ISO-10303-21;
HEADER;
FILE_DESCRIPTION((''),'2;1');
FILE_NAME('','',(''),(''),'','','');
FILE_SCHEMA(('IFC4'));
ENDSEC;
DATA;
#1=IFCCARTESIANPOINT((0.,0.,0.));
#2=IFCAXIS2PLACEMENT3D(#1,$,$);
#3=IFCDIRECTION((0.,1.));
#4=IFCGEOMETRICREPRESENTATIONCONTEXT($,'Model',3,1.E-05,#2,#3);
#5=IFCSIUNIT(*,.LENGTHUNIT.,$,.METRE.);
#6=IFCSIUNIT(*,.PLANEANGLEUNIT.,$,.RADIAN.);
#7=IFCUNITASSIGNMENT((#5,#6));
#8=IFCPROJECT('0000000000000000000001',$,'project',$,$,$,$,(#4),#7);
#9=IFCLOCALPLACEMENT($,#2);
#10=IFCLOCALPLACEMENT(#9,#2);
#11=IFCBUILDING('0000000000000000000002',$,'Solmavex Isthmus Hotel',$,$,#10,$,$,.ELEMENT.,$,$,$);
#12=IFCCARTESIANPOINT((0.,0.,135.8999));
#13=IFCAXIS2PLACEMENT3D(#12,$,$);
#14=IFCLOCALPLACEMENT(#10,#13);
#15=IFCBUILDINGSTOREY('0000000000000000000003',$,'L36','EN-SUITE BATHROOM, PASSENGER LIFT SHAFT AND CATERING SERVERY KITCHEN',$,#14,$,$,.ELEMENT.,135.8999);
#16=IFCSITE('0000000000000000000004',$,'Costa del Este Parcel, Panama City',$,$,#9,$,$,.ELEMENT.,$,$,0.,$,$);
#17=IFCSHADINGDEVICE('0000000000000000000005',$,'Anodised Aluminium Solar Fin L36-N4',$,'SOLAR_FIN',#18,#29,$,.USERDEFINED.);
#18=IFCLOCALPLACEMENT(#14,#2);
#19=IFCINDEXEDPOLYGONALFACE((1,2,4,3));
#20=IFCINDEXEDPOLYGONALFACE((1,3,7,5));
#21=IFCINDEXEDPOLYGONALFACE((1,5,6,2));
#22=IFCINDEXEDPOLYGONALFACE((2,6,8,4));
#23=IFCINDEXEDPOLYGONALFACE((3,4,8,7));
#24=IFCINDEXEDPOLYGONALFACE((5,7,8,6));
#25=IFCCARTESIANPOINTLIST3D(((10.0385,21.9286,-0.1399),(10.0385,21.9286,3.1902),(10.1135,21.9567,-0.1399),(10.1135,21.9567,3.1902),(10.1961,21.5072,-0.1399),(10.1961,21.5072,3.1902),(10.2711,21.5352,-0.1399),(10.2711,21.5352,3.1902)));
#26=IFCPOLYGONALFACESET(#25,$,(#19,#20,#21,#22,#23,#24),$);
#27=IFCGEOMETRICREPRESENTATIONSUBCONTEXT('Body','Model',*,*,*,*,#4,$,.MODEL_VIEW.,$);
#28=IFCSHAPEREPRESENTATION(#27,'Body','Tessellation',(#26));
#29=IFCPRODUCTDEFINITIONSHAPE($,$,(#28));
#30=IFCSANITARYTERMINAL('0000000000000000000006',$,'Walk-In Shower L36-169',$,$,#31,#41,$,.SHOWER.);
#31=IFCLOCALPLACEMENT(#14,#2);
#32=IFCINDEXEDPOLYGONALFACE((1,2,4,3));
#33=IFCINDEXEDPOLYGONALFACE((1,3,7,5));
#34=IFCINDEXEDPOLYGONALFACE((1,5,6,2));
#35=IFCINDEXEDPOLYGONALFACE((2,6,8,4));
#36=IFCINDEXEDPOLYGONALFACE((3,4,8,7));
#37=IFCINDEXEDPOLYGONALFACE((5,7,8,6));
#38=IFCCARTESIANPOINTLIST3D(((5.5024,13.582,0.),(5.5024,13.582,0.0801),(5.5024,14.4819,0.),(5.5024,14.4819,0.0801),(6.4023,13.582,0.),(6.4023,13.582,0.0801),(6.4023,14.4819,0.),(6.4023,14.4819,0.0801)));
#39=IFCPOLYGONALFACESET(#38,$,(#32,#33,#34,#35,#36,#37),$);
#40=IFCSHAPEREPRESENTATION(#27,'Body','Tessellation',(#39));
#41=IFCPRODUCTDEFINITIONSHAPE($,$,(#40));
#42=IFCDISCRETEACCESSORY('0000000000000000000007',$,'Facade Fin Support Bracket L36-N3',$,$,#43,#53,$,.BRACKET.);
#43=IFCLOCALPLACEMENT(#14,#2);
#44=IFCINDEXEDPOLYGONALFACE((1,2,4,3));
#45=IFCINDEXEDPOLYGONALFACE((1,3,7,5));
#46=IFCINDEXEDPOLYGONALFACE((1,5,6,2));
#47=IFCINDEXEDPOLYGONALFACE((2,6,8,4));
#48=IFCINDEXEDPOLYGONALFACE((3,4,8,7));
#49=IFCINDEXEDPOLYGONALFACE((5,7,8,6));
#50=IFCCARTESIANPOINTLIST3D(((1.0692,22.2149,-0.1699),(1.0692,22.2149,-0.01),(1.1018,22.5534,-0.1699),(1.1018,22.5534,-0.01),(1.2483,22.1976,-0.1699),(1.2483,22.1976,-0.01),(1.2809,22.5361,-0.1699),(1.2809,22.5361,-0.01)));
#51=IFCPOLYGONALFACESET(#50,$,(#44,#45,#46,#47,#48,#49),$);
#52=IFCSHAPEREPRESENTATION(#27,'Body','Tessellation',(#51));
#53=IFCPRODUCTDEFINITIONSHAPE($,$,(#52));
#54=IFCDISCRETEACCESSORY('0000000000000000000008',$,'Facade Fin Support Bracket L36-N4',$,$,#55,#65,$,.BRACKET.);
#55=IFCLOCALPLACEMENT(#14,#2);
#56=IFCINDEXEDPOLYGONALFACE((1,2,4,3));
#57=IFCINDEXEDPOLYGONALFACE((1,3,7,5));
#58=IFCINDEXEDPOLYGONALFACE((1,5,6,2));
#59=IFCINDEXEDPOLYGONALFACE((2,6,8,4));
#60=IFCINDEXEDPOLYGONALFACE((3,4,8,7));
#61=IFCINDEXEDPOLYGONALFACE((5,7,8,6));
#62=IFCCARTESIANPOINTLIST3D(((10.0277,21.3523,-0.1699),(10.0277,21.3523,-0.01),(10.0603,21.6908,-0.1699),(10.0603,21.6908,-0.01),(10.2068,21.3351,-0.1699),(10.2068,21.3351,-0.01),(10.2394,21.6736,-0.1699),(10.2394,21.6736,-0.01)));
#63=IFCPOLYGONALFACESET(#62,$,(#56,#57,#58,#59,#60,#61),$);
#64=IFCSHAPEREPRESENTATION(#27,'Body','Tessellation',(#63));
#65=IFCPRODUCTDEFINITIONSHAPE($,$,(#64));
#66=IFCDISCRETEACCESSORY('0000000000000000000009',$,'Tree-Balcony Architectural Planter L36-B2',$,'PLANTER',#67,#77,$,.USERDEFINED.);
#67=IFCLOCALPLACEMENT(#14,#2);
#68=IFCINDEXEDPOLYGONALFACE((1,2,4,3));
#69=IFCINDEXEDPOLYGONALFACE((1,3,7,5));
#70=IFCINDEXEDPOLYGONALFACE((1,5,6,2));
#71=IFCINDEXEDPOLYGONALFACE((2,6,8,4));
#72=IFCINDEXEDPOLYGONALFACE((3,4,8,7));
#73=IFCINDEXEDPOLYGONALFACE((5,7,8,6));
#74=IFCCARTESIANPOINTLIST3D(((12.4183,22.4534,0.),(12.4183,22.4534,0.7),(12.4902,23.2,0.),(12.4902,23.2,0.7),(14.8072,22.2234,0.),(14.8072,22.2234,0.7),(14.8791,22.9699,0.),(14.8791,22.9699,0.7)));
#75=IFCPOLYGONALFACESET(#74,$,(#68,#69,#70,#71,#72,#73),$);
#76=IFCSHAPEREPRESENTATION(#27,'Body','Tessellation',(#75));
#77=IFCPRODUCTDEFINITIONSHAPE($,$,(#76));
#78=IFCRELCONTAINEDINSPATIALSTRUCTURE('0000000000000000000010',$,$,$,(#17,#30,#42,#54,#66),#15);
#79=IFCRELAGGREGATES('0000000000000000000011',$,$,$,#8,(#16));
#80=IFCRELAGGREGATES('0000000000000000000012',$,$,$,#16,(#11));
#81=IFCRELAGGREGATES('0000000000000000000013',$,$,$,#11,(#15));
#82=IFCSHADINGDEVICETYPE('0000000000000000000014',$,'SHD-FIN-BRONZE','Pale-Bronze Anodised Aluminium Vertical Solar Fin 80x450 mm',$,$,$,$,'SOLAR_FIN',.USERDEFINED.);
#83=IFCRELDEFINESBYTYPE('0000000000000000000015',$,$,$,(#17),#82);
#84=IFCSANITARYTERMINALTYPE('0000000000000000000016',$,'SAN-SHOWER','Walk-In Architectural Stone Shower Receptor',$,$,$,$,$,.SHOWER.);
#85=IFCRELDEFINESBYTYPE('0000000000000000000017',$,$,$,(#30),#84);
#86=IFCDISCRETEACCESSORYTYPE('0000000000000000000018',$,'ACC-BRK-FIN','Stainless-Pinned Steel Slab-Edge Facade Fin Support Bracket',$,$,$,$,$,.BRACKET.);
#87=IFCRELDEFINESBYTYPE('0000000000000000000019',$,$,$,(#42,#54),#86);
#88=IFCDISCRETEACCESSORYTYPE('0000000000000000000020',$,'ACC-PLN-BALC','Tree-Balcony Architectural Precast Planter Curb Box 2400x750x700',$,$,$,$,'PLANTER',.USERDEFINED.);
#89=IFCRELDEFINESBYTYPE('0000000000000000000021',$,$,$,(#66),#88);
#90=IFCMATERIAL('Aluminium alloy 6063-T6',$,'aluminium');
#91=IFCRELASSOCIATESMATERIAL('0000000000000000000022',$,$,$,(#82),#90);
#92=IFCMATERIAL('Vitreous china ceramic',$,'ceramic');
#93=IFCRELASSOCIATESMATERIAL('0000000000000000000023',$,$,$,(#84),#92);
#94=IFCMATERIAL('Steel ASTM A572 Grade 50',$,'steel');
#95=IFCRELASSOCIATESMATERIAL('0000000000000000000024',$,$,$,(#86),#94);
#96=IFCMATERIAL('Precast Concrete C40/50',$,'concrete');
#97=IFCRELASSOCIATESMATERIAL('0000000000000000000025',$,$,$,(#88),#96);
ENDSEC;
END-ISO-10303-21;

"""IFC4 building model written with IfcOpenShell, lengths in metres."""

from ifc_helpers import new_model, si_unit, direction, frame, origin, origin_2d, place, context, subcontext, project, spatial, rectangle, extrude, material, type_object, element, save


model = new_model("IFC4")

# Units and contexts
model_context = context("Model", 3, precision=1e-05, world=origin(), true_north=direction((0.0, 1.0)))
body_context = subcontext(model_context, "Body", "Model", "MODEL_VIEW")
ifc_project = project(units=[si_unit("LENGTHUNIT", "METRE"), si_unit("PLANEANGLEUNIT", "RADIAN")], contexts=[model_context])

# Site, building, storey
site_placement = place(None, origin())
site = spatial("IfcSite", under=ifc_project, at=site_placement, Name="Costa del Este Parcel, Panama City", CompositionType="ELEMENT", RefElevation=0.0)
building_placement = place(site_placement, origin())
building = spatial("IfcBuilding", under=site, at=building_placement, Name="Solmavex Isthmus Hotel", CompositionType="ELEMENT")
storey_placement = place(building_placement, frame((0.0, 0.0, 135.8999)))
storey = spatial("IfcBuildingStorey", under=building, at=storey_placement, Name="L36", Description="EN-SUITE BATHROOM, PASSENGER LIFT SHAFT AND CATERING SERVERY KITCHEN", CompositionType="ELEMENT", Elevation=135.8999)

# Shared definitions
ifc_material_1 = material(Name="Steel ASTM A572 Grade 50", Category="steel")

# Shared definitions
ifc_material_2 = material(Name="Aluminium alloy 6063-T6", Category="aluminium")

# Shared definitions
ifc_material_3 = material(Name="Precast Concrete C40/50", Category="concrete")

# Shading device
shading_device_type = type_object("IfcShadingDeviceType", Name="SHD-FIN-BRONZE", Description="Pale-Bronze Anodised Aluminium Vertical Solar Fin 80x450 mm", ElementType="SOLAR_FIN", PredefinedType="USERDEFINED", material=ifc_material_2)
for number, where, z_axis, x_axis, name in (
    (1, (10.1548, 21.7319, -0.1399), (0.0, 0.0, 1.0), (-0.350207, 0.936672, 0.0), "Anodised Aluminium Solar Fin L36-N4"),
):
    element("IfcShadingDevice", number, at=place(storey_placement, frame(where, z_axis=z_axis, x_axis=x_axis)), inside=storey, type_object=shading_device_type, Name=name, ObjectType="SOLAR_FIN", PredefinedType="USERDEFINED", context=body_context, shape_type="SweptSolid", body=[
        extrude(rectangle(XDim=0.45, YDim=0.0801, at=origin_2d()), origin(), (0.0, 0.0, 1.0), 3.3301),
    ])

# Sanitary terminal
ifc_material_4 = material(Name="Vitreous china ceramic", Category="ceramic")
sanitary_terminal_type = type_object("IfcSanitaryTerminalType", Name="SAN-SHOWER", Description="Walk-In Architectural Stone Shower Receptor", PredefinedType="SHOWER", material=ifc_material_4)
sanitary_terminal_placement = place(storey_placement, frame((5.9524, 14.032, 0.0), z_axis=(0.0, 0.0, 1.0), x_axis=(1.0, 0.0, 0.0)))
element("IfcSanitaryTerminal", 2, at=sanitary_terminal_placement, inside=storey, type_object=sanitary_terminal_type, Name="Walk-In Shower L36-169", PredefinedType="SHOWER", context=body_context, shape_type="SweptSolid", body=[
    extrude(rectangle(XDim=0.8999, YDim=0.8999, at=origin_2d()), origin(), (0.0, 0.0, 1.0), 0.0801),
])

# Discrete accessories
discrete_accessory_type_1 = type_object("IfcDiscreteAccessoryType", Name="ACC-BRK-FIN", Description="Stainless-Pinned Steel Slab-Edge Facade Fin Support Bracket", PredefinedType="BRACKET", material=ifc_material_1)
for number, where, z_axis, x_axis, name in (
    (3, (1.175, 22.3755, -0.1699), (0.0, 0.0, 1.0), (0.095846, 0.995396, 0.0), "Facade Fin Support Bracket L36-N3"),
    (4, (10.1335, 21.5129, -0.1699), (0.0, 0.0, 1.0), (0.095846, 0.995396, 0.0), "Facade Fin Support Bracket L36-N4"),
):
    element("IfcDiscreteAccessory", number, at=place(storey_placement, frame(where, z_axis=z_axis, x_axis=x_axis)), inside=storey, type_object=discrete_accessory_type_1, Name=name, PredefinedType="BRACKET", context=body_context, shape_type="SweptSolid", body=[
        extrude(rectangle(XDim=0.3401, YDim=0.1799, at=origin_2d()), origin(), (0.0, 0.0, 1.0), 0.1599),
    ])
discrete_accessory_type_2 = type_object("IfcDiscreteAccessoryType", Name="ACC-PLN-BALC", Description="Tree-Balcony Architectural Precast Planter Curb Box 2400x750x700", ElementType="PLANTER", PredefinedType="USERDEFINED", material=ifc_material_3)
discrete_accessory_placement = place(storey_placement, frame((13.6487, 22.7117, 0.0), z_axis=(0.0, 0.0, 1.0), x_axis=(0.995396, -0.095846, 0.0)))
element("IfcDiscreteAccessory", 5, at=discrete_accessory_placement, inside=storey, type_object=discrete_accessory_type_2, Name="Tree-Balcony Architectural Planter L36-B2", ObjectType="PLANTER", PredefinedType="USERDEFINED", context=body_context, shape_type="SweptSolid", body=[
    extrude(rectangle(XDim=2.3999, YDim=0.75, at=origin_2d()), origin(), (0.0, 0.0, 1.0), 0.7),
])

save(model, "model.ifc")
